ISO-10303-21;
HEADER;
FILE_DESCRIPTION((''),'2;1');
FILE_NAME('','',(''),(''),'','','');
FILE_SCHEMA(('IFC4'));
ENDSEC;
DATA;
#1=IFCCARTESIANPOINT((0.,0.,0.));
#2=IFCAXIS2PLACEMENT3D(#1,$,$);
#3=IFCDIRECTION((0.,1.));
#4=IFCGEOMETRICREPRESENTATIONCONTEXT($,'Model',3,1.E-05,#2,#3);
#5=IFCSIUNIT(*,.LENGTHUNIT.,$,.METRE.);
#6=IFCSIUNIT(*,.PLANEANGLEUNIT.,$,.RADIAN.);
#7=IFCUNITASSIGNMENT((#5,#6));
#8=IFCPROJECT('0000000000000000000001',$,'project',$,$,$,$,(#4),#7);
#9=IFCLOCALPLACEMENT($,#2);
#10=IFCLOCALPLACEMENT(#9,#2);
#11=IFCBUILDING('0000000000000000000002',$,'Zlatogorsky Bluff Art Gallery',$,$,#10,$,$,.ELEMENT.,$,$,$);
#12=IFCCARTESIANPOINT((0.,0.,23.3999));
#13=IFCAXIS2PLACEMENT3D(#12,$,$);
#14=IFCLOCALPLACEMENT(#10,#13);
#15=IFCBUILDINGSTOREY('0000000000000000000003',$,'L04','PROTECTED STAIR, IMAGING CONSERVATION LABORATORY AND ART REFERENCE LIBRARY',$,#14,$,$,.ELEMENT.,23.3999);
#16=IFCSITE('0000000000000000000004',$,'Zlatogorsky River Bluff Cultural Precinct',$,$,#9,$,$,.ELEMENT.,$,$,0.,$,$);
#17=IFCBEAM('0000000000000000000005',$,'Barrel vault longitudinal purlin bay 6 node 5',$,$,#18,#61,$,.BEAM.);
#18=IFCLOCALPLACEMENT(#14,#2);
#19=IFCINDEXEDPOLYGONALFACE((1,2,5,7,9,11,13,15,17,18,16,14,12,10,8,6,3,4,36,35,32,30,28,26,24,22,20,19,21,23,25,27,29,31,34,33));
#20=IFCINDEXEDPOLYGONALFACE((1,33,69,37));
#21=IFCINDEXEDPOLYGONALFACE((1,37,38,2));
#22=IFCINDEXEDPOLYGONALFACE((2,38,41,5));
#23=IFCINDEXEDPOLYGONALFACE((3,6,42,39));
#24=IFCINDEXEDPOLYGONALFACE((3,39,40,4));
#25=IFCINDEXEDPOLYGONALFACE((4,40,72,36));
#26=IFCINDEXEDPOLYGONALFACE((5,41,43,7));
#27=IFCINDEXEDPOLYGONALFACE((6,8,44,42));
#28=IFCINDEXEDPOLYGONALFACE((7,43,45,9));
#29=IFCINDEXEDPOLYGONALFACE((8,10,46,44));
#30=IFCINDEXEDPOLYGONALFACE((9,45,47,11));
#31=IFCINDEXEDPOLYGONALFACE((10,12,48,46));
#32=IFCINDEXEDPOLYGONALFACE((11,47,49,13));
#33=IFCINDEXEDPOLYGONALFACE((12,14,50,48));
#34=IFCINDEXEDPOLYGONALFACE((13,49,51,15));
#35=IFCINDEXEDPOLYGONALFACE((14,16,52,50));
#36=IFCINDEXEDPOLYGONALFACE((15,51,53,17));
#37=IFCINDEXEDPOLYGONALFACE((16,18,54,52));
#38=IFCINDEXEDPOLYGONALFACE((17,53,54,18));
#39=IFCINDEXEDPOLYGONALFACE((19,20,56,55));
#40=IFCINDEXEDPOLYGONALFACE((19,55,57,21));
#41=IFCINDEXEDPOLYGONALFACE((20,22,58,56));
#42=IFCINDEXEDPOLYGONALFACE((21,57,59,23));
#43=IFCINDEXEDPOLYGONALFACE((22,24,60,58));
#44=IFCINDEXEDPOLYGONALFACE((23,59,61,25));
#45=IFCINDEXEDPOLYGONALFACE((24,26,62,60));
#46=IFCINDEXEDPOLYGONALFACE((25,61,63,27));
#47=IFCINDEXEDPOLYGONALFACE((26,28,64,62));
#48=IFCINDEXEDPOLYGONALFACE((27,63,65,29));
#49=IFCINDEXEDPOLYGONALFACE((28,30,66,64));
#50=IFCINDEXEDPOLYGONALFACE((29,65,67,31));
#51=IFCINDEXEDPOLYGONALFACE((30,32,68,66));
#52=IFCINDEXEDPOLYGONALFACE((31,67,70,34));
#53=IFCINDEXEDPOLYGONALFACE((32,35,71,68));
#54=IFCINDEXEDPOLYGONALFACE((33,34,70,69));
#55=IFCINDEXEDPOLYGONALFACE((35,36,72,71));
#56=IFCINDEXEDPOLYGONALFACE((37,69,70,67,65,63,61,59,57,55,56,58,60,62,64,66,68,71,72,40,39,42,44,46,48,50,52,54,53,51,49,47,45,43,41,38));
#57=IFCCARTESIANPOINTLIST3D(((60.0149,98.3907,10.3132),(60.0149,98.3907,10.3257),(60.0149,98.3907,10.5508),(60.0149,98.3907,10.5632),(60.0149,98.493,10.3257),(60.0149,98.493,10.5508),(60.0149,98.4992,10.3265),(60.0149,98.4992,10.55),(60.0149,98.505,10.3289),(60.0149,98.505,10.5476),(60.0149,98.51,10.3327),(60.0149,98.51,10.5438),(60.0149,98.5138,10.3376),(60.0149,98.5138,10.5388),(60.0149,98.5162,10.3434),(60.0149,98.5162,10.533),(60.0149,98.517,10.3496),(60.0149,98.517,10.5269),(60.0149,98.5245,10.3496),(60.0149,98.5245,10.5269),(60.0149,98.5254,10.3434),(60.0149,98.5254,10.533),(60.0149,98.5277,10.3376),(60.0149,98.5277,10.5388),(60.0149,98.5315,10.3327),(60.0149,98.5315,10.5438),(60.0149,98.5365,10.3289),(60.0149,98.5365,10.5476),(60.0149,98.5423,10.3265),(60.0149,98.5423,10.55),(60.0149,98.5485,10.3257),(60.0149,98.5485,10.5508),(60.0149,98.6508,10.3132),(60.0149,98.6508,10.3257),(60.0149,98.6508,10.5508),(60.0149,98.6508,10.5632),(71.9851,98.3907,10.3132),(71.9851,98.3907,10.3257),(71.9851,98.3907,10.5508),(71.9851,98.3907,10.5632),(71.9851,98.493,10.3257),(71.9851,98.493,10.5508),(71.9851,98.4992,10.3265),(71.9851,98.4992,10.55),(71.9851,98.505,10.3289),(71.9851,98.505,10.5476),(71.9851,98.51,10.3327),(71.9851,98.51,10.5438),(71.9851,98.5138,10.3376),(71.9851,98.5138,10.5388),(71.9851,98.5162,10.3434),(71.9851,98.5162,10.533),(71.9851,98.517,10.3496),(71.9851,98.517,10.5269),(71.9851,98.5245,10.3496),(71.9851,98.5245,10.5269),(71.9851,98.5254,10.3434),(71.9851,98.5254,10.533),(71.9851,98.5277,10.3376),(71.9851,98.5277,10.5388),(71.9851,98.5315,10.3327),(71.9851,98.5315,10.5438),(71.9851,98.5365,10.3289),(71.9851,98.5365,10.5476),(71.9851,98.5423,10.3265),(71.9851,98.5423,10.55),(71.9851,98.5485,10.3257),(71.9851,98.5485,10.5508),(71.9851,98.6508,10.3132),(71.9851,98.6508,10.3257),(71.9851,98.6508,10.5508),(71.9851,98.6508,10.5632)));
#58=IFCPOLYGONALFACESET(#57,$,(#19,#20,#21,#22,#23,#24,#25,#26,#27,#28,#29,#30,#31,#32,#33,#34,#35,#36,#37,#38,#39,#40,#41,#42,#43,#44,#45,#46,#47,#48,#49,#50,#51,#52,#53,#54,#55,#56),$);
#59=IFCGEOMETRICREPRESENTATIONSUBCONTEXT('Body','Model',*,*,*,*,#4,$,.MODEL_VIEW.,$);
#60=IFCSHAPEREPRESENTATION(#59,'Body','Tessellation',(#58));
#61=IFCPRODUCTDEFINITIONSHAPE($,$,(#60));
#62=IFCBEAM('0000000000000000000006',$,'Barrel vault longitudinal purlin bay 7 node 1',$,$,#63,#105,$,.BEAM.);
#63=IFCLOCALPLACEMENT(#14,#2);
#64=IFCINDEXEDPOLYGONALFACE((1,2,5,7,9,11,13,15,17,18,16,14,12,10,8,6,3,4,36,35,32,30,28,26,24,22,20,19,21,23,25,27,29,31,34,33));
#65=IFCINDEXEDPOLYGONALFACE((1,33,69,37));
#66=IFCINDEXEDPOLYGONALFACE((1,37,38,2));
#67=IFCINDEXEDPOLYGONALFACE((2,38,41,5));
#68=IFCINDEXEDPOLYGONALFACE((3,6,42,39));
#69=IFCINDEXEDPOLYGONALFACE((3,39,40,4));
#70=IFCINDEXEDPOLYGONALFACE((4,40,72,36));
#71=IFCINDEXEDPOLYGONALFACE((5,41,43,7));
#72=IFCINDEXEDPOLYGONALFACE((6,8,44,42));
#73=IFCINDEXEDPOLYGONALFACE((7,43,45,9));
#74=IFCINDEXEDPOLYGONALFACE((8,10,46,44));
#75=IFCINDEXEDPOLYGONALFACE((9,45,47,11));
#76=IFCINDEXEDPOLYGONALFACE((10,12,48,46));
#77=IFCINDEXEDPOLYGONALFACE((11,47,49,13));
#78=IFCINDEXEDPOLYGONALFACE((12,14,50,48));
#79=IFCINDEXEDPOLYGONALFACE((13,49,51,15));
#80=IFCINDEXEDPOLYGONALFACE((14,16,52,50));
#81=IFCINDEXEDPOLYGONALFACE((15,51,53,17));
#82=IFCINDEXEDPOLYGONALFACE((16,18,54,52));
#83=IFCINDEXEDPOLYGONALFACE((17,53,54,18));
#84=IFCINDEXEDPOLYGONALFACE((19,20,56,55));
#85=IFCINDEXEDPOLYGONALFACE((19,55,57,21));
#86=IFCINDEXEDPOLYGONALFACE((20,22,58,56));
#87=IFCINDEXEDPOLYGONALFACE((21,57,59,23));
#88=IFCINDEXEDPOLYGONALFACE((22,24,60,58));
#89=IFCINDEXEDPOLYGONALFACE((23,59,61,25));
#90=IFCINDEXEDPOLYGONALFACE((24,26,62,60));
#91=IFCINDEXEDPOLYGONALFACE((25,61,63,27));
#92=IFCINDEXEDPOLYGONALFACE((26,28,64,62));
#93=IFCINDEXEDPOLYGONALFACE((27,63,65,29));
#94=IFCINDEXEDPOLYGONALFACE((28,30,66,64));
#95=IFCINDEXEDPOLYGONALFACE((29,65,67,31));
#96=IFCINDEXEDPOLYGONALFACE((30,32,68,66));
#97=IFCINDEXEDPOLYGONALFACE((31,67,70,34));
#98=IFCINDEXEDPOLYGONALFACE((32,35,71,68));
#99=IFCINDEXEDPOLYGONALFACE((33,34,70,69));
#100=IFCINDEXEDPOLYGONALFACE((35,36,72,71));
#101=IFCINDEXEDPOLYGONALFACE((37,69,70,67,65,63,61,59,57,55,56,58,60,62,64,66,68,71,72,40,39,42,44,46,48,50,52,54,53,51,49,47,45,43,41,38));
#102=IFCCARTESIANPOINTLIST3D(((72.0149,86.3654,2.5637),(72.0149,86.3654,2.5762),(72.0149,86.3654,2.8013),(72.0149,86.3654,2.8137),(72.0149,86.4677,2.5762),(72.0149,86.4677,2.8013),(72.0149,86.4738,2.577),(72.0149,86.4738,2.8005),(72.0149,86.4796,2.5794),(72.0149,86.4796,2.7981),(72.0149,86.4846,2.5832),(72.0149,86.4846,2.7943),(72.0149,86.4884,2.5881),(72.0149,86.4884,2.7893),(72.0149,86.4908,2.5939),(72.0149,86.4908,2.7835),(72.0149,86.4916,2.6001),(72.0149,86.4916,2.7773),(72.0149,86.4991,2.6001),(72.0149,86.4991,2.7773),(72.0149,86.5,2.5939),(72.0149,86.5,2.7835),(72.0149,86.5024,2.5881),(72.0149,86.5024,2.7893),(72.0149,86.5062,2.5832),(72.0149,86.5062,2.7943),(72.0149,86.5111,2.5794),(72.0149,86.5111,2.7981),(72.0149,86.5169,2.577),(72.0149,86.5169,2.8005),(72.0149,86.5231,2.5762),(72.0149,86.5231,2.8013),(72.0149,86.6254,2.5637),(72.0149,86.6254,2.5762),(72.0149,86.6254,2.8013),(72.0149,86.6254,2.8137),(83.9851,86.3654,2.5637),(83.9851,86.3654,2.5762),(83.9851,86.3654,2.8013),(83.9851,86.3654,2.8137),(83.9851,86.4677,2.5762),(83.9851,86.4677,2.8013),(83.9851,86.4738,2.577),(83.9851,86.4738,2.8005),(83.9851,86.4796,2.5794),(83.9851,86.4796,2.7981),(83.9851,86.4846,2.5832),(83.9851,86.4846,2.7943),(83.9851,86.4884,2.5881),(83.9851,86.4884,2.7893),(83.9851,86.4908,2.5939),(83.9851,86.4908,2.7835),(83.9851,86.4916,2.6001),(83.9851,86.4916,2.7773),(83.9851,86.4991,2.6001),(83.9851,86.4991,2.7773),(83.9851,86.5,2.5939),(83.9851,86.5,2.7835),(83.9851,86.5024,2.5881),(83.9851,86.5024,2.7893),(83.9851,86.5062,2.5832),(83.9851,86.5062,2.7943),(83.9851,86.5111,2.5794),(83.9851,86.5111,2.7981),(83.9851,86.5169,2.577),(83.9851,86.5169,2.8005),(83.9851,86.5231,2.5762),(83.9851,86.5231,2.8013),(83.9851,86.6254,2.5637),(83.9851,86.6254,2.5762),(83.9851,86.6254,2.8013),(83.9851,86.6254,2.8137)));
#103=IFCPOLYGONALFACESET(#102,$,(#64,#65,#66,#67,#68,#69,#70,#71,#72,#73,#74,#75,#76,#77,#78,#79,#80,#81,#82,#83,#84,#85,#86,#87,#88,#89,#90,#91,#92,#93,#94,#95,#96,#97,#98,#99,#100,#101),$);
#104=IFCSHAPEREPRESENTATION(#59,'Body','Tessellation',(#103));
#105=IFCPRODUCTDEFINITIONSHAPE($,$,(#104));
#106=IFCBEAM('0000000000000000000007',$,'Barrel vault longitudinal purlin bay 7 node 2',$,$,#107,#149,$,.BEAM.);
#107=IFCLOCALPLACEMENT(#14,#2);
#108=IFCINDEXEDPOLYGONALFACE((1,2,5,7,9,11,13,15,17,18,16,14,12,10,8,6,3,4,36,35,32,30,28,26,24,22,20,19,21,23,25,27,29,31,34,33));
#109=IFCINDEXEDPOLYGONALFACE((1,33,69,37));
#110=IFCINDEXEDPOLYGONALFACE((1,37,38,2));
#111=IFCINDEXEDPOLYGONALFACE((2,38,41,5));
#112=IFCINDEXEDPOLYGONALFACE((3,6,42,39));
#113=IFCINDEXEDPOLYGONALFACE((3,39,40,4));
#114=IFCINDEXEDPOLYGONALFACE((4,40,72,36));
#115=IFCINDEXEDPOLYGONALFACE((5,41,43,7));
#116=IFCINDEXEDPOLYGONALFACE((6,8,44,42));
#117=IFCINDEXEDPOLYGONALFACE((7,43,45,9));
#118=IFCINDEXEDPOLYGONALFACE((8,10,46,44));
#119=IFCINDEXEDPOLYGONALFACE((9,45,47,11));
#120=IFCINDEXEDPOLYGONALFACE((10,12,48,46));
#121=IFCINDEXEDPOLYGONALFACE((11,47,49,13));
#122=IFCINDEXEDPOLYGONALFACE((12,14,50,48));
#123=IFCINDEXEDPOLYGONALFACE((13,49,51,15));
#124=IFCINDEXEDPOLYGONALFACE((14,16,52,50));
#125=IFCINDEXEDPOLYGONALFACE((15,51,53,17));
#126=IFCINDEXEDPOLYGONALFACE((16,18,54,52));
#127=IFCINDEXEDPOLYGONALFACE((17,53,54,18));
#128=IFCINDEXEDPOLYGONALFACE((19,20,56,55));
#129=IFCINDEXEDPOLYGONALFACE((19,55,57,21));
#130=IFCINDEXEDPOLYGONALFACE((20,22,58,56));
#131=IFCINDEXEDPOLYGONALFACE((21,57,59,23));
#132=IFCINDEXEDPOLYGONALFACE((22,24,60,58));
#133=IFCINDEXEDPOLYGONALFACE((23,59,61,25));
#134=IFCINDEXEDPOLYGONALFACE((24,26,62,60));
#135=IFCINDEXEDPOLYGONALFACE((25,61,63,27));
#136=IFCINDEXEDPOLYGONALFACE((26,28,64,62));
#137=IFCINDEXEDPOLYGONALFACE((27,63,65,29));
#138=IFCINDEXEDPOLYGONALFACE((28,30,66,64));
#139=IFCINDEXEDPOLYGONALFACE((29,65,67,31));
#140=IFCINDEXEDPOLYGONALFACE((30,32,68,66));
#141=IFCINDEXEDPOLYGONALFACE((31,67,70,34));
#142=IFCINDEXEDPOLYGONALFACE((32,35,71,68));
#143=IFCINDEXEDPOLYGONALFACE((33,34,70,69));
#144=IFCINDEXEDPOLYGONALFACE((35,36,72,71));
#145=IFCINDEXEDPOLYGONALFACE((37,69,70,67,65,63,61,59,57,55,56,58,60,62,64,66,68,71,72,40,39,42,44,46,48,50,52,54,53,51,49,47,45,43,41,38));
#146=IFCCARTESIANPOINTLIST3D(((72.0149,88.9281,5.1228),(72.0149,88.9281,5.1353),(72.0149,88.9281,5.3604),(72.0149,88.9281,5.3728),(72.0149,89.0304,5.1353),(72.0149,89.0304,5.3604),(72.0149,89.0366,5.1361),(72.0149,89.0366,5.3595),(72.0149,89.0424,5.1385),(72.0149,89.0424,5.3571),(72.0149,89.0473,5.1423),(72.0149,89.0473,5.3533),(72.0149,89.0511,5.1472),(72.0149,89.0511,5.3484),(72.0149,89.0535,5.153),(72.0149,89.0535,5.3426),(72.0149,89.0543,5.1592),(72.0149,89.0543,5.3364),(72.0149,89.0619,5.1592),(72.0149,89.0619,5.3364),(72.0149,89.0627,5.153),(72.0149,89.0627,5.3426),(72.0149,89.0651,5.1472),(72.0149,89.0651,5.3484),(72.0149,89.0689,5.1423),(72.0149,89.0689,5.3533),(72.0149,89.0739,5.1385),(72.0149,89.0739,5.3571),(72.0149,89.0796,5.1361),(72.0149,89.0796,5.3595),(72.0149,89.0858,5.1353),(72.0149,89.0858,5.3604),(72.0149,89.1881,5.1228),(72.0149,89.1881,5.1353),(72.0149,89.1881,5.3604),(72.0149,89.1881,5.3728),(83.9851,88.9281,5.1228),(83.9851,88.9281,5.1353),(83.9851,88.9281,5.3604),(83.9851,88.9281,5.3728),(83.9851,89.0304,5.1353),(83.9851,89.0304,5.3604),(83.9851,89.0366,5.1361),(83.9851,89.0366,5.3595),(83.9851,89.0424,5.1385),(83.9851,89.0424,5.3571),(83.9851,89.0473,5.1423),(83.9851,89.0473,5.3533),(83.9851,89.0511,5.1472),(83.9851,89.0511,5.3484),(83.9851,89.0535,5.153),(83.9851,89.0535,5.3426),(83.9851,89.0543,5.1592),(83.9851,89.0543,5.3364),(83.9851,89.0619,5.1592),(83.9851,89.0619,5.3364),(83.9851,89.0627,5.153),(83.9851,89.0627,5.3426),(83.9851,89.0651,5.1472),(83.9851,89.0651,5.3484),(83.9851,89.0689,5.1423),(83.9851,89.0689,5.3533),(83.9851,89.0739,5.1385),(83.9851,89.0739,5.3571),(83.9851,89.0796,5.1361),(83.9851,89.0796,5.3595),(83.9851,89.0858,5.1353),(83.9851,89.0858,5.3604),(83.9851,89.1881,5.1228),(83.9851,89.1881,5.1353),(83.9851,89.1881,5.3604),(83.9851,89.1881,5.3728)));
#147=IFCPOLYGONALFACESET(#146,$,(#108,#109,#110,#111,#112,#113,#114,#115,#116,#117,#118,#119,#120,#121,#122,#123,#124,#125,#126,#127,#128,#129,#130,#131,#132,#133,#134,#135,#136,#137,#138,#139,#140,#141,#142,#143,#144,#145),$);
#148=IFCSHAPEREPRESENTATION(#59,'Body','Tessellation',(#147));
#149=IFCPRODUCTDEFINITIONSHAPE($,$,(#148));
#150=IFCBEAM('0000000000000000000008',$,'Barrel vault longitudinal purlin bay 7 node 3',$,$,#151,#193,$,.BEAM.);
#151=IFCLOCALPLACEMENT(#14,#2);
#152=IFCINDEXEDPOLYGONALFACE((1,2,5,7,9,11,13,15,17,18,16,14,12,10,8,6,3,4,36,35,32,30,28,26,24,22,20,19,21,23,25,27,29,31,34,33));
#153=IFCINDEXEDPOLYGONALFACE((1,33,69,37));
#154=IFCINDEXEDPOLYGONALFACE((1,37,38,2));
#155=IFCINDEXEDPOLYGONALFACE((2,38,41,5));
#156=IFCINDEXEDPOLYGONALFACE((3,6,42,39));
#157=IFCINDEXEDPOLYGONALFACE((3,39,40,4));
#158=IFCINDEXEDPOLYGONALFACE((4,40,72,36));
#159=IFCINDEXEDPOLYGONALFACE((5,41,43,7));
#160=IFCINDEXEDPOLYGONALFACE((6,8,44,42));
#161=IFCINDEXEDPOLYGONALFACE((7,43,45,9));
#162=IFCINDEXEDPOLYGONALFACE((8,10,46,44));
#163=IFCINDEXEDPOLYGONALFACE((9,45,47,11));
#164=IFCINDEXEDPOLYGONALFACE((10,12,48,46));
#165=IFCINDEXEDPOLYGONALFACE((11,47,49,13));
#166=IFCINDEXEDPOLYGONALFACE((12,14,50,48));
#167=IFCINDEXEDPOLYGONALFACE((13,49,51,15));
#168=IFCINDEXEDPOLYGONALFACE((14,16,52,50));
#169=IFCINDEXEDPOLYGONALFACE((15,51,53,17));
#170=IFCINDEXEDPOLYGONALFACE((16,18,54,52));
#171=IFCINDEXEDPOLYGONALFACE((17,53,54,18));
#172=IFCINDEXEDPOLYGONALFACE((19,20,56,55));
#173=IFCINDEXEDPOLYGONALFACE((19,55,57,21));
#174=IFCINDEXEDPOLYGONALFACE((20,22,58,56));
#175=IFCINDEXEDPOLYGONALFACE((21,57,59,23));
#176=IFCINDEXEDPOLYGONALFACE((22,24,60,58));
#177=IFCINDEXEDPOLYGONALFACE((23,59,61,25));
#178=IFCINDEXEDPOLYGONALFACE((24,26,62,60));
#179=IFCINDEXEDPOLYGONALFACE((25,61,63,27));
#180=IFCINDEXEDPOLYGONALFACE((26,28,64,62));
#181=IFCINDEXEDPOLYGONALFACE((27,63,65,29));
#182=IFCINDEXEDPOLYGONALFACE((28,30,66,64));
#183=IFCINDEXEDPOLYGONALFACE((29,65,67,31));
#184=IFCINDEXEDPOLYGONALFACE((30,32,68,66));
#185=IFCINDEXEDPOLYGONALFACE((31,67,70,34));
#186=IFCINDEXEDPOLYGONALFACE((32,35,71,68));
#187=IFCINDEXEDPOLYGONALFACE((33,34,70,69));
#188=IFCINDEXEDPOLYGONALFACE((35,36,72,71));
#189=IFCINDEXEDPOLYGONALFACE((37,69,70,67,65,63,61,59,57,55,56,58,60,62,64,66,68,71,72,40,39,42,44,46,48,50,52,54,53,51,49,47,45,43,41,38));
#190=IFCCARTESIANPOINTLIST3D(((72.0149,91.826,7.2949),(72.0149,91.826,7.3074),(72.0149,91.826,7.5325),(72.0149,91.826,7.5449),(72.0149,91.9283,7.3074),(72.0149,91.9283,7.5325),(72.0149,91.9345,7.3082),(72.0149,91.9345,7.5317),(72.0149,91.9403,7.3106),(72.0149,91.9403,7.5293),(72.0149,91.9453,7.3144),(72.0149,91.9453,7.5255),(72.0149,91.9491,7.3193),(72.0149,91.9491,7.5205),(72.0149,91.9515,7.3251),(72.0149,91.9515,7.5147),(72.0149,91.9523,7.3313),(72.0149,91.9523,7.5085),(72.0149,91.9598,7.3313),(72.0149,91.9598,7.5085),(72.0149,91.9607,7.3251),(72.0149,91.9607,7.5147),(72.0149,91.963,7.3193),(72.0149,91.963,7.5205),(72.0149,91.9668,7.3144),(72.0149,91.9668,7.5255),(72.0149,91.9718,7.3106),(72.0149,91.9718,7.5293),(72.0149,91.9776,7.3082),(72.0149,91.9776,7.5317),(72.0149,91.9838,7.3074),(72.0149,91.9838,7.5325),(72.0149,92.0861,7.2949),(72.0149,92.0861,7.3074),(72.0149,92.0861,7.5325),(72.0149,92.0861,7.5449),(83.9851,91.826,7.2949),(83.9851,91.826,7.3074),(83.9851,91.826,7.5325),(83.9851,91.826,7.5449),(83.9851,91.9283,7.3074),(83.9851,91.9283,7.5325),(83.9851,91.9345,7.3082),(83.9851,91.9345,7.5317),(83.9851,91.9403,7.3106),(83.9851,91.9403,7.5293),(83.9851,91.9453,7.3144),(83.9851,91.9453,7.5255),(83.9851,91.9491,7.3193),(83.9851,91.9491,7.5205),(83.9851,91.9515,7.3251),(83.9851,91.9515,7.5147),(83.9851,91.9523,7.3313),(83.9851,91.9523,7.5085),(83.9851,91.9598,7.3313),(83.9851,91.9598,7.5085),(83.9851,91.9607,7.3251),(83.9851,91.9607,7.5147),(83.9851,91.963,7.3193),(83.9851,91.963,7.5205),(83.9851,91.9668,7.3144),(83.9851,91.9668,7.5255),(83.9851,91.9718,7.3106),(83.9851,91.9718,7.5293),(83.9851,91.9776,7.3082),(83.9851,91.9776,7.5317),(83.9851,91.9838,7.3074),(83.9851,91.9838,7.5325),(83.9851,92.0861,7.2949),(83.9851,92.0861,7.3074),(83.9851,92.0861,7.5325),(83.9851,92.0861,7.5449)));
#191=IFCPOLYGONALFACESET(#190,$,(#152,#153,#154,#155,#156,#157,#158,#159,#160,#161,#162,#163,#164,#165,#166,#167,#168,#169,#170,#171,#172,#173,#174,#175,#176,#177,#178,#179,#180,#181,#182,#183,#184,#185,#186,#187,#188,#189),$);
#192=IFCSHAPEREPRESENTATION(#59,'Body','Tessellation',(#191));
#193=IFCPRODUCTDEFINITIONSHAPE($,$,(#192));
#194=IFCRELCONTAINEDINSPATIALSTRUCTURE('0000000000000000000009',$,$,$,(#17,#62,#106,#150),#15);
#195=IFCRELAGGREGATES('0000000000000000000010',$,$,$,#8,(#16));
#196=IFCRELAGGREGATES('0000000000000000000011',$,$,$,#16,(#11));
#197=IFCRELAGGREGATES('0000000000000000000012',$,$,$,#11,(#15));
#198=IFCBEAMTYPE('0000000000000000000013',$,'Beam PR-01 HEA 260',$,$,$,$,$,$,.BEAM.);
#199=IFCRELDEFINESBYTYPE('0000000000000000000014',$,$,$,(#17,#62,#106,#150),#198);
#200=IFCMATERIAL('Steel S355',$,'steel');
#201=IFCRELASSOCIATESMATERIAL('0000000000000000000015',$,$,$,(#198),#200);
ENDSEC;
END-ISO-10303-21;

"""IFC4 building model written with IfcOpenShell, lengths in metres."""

from ifc_helpers import new_model, si_unit, direction, frame, origin, origin_2d, place, context, subcontext, project, spatial, i_section, extrude, material, material_profile, profile_set, type_object, element, save


model = new_model("IFC4")

# Units and contexts
model_context = context("Model", 3, precision=1e-05, world=origin(), true_north=direction((0.0, 1.0)))
body_context = subcontext(model_context, "Body", "Model", "MODEL_VIEW")
ifc_project = project(units=[si_unit("LENGTHUNIT", "METRE"), si_unit("PLANEANGLEUNIT", "RADIAN")], contexts=[model_context])

# Site, building, storey
site_placement = place(None, origin())
site = spatial("IfcSite", under=ifc_project, at=site_placement, Name="Zlatogorsky River Bluff Cultural Precinct", CompositionType="ELEMENT", RefElevation=0.0)
building_placement = place(site_placement, origin())
building = spatial("IfcBuilding", under=site, at=building_placement, Name="Zlatogorsky Bluff Art Gallery", CompositionType="ELEMENT")
storey_placement = place(building_placement, frame((0.0, 0.0, 23.3999)))
storey = spatial("IfcBuildingStorey", under=building, at=storey_placement, Name="L04", Description="PROTECTED STAIR, IMAGING CONSERVATION LABORATORY AND ART REFERENCE LIBRARY", CompositionType="ELEMENT", Elevation=23.3999)

# Beams
ifc_material_1 = material(Name="Steel S355", Category="steel")
ifc_material_profile_1 = material_profile(ifc_material_1, i_section(OverallWidth=0.26, OverallDepth=0.25, WebThickness=0.0076, FlangeThickness=0.0125, FilletRadius=0.0239, at=origin_2d()), Name="HEA 260")
ifc_profile_set_1 = profile_set([ifc_material_profile_1], Name="Steel S355")
beam_type_1 = type_object("IfcBeamType", Name="Beam PR-01 HEA 260", PredefinedType="BEAM", material=ifc_profile_set_1)
for number, where, z_axis, x_axis, name in (
    (1, (60.0149, 98.5208, 10.4382), (1.0, 0.0, 0.0), (0.0, 1.0, 0.0), "Barrel vault longitudinal purlin bay 6 node 5"),
    (2, (72.0149, 86.4954, 2.6887), (1.0, 0.0, 0.0), (0.0, 1.0, 0.0), "Barrel vault longitudinal purlin bay 7 node 1"),
    (3, (72.0149, 89.0581, 5.2478), (1.0, 0.0, 0.0), (0.0, 1.0, 0.0), "Barrel vault longitudinal purlin bay 7 node 2"),
    (4, (72.0149, 91.9561, 7.4199), (1.0, 0.0, 0.0), (0.0, 1.0, 0.0), "Barrel vault longitudinal purlin bay 7 node 3"),
):
    element("IfcBeam", number, at=place(storey_placement, frame(where, z_axis=z_axis, x_axis=x_axis)), inside=storey, type_object=beam_type_1, Name=name, PredefinedType="BEAM", context=body_context, shape_type="SweptSolid", body=[
        extrude(i_section(OverallWidth=0.26, OverallDepth=0.25, WebThickness=0.0076, FlangeThickness=0.0125, FilletRadius=0.0239, at=origin_2d()), origin(), (0.0, 0.0, 1.0), 11.9702),
    ])

save(model, "model.ifc")
